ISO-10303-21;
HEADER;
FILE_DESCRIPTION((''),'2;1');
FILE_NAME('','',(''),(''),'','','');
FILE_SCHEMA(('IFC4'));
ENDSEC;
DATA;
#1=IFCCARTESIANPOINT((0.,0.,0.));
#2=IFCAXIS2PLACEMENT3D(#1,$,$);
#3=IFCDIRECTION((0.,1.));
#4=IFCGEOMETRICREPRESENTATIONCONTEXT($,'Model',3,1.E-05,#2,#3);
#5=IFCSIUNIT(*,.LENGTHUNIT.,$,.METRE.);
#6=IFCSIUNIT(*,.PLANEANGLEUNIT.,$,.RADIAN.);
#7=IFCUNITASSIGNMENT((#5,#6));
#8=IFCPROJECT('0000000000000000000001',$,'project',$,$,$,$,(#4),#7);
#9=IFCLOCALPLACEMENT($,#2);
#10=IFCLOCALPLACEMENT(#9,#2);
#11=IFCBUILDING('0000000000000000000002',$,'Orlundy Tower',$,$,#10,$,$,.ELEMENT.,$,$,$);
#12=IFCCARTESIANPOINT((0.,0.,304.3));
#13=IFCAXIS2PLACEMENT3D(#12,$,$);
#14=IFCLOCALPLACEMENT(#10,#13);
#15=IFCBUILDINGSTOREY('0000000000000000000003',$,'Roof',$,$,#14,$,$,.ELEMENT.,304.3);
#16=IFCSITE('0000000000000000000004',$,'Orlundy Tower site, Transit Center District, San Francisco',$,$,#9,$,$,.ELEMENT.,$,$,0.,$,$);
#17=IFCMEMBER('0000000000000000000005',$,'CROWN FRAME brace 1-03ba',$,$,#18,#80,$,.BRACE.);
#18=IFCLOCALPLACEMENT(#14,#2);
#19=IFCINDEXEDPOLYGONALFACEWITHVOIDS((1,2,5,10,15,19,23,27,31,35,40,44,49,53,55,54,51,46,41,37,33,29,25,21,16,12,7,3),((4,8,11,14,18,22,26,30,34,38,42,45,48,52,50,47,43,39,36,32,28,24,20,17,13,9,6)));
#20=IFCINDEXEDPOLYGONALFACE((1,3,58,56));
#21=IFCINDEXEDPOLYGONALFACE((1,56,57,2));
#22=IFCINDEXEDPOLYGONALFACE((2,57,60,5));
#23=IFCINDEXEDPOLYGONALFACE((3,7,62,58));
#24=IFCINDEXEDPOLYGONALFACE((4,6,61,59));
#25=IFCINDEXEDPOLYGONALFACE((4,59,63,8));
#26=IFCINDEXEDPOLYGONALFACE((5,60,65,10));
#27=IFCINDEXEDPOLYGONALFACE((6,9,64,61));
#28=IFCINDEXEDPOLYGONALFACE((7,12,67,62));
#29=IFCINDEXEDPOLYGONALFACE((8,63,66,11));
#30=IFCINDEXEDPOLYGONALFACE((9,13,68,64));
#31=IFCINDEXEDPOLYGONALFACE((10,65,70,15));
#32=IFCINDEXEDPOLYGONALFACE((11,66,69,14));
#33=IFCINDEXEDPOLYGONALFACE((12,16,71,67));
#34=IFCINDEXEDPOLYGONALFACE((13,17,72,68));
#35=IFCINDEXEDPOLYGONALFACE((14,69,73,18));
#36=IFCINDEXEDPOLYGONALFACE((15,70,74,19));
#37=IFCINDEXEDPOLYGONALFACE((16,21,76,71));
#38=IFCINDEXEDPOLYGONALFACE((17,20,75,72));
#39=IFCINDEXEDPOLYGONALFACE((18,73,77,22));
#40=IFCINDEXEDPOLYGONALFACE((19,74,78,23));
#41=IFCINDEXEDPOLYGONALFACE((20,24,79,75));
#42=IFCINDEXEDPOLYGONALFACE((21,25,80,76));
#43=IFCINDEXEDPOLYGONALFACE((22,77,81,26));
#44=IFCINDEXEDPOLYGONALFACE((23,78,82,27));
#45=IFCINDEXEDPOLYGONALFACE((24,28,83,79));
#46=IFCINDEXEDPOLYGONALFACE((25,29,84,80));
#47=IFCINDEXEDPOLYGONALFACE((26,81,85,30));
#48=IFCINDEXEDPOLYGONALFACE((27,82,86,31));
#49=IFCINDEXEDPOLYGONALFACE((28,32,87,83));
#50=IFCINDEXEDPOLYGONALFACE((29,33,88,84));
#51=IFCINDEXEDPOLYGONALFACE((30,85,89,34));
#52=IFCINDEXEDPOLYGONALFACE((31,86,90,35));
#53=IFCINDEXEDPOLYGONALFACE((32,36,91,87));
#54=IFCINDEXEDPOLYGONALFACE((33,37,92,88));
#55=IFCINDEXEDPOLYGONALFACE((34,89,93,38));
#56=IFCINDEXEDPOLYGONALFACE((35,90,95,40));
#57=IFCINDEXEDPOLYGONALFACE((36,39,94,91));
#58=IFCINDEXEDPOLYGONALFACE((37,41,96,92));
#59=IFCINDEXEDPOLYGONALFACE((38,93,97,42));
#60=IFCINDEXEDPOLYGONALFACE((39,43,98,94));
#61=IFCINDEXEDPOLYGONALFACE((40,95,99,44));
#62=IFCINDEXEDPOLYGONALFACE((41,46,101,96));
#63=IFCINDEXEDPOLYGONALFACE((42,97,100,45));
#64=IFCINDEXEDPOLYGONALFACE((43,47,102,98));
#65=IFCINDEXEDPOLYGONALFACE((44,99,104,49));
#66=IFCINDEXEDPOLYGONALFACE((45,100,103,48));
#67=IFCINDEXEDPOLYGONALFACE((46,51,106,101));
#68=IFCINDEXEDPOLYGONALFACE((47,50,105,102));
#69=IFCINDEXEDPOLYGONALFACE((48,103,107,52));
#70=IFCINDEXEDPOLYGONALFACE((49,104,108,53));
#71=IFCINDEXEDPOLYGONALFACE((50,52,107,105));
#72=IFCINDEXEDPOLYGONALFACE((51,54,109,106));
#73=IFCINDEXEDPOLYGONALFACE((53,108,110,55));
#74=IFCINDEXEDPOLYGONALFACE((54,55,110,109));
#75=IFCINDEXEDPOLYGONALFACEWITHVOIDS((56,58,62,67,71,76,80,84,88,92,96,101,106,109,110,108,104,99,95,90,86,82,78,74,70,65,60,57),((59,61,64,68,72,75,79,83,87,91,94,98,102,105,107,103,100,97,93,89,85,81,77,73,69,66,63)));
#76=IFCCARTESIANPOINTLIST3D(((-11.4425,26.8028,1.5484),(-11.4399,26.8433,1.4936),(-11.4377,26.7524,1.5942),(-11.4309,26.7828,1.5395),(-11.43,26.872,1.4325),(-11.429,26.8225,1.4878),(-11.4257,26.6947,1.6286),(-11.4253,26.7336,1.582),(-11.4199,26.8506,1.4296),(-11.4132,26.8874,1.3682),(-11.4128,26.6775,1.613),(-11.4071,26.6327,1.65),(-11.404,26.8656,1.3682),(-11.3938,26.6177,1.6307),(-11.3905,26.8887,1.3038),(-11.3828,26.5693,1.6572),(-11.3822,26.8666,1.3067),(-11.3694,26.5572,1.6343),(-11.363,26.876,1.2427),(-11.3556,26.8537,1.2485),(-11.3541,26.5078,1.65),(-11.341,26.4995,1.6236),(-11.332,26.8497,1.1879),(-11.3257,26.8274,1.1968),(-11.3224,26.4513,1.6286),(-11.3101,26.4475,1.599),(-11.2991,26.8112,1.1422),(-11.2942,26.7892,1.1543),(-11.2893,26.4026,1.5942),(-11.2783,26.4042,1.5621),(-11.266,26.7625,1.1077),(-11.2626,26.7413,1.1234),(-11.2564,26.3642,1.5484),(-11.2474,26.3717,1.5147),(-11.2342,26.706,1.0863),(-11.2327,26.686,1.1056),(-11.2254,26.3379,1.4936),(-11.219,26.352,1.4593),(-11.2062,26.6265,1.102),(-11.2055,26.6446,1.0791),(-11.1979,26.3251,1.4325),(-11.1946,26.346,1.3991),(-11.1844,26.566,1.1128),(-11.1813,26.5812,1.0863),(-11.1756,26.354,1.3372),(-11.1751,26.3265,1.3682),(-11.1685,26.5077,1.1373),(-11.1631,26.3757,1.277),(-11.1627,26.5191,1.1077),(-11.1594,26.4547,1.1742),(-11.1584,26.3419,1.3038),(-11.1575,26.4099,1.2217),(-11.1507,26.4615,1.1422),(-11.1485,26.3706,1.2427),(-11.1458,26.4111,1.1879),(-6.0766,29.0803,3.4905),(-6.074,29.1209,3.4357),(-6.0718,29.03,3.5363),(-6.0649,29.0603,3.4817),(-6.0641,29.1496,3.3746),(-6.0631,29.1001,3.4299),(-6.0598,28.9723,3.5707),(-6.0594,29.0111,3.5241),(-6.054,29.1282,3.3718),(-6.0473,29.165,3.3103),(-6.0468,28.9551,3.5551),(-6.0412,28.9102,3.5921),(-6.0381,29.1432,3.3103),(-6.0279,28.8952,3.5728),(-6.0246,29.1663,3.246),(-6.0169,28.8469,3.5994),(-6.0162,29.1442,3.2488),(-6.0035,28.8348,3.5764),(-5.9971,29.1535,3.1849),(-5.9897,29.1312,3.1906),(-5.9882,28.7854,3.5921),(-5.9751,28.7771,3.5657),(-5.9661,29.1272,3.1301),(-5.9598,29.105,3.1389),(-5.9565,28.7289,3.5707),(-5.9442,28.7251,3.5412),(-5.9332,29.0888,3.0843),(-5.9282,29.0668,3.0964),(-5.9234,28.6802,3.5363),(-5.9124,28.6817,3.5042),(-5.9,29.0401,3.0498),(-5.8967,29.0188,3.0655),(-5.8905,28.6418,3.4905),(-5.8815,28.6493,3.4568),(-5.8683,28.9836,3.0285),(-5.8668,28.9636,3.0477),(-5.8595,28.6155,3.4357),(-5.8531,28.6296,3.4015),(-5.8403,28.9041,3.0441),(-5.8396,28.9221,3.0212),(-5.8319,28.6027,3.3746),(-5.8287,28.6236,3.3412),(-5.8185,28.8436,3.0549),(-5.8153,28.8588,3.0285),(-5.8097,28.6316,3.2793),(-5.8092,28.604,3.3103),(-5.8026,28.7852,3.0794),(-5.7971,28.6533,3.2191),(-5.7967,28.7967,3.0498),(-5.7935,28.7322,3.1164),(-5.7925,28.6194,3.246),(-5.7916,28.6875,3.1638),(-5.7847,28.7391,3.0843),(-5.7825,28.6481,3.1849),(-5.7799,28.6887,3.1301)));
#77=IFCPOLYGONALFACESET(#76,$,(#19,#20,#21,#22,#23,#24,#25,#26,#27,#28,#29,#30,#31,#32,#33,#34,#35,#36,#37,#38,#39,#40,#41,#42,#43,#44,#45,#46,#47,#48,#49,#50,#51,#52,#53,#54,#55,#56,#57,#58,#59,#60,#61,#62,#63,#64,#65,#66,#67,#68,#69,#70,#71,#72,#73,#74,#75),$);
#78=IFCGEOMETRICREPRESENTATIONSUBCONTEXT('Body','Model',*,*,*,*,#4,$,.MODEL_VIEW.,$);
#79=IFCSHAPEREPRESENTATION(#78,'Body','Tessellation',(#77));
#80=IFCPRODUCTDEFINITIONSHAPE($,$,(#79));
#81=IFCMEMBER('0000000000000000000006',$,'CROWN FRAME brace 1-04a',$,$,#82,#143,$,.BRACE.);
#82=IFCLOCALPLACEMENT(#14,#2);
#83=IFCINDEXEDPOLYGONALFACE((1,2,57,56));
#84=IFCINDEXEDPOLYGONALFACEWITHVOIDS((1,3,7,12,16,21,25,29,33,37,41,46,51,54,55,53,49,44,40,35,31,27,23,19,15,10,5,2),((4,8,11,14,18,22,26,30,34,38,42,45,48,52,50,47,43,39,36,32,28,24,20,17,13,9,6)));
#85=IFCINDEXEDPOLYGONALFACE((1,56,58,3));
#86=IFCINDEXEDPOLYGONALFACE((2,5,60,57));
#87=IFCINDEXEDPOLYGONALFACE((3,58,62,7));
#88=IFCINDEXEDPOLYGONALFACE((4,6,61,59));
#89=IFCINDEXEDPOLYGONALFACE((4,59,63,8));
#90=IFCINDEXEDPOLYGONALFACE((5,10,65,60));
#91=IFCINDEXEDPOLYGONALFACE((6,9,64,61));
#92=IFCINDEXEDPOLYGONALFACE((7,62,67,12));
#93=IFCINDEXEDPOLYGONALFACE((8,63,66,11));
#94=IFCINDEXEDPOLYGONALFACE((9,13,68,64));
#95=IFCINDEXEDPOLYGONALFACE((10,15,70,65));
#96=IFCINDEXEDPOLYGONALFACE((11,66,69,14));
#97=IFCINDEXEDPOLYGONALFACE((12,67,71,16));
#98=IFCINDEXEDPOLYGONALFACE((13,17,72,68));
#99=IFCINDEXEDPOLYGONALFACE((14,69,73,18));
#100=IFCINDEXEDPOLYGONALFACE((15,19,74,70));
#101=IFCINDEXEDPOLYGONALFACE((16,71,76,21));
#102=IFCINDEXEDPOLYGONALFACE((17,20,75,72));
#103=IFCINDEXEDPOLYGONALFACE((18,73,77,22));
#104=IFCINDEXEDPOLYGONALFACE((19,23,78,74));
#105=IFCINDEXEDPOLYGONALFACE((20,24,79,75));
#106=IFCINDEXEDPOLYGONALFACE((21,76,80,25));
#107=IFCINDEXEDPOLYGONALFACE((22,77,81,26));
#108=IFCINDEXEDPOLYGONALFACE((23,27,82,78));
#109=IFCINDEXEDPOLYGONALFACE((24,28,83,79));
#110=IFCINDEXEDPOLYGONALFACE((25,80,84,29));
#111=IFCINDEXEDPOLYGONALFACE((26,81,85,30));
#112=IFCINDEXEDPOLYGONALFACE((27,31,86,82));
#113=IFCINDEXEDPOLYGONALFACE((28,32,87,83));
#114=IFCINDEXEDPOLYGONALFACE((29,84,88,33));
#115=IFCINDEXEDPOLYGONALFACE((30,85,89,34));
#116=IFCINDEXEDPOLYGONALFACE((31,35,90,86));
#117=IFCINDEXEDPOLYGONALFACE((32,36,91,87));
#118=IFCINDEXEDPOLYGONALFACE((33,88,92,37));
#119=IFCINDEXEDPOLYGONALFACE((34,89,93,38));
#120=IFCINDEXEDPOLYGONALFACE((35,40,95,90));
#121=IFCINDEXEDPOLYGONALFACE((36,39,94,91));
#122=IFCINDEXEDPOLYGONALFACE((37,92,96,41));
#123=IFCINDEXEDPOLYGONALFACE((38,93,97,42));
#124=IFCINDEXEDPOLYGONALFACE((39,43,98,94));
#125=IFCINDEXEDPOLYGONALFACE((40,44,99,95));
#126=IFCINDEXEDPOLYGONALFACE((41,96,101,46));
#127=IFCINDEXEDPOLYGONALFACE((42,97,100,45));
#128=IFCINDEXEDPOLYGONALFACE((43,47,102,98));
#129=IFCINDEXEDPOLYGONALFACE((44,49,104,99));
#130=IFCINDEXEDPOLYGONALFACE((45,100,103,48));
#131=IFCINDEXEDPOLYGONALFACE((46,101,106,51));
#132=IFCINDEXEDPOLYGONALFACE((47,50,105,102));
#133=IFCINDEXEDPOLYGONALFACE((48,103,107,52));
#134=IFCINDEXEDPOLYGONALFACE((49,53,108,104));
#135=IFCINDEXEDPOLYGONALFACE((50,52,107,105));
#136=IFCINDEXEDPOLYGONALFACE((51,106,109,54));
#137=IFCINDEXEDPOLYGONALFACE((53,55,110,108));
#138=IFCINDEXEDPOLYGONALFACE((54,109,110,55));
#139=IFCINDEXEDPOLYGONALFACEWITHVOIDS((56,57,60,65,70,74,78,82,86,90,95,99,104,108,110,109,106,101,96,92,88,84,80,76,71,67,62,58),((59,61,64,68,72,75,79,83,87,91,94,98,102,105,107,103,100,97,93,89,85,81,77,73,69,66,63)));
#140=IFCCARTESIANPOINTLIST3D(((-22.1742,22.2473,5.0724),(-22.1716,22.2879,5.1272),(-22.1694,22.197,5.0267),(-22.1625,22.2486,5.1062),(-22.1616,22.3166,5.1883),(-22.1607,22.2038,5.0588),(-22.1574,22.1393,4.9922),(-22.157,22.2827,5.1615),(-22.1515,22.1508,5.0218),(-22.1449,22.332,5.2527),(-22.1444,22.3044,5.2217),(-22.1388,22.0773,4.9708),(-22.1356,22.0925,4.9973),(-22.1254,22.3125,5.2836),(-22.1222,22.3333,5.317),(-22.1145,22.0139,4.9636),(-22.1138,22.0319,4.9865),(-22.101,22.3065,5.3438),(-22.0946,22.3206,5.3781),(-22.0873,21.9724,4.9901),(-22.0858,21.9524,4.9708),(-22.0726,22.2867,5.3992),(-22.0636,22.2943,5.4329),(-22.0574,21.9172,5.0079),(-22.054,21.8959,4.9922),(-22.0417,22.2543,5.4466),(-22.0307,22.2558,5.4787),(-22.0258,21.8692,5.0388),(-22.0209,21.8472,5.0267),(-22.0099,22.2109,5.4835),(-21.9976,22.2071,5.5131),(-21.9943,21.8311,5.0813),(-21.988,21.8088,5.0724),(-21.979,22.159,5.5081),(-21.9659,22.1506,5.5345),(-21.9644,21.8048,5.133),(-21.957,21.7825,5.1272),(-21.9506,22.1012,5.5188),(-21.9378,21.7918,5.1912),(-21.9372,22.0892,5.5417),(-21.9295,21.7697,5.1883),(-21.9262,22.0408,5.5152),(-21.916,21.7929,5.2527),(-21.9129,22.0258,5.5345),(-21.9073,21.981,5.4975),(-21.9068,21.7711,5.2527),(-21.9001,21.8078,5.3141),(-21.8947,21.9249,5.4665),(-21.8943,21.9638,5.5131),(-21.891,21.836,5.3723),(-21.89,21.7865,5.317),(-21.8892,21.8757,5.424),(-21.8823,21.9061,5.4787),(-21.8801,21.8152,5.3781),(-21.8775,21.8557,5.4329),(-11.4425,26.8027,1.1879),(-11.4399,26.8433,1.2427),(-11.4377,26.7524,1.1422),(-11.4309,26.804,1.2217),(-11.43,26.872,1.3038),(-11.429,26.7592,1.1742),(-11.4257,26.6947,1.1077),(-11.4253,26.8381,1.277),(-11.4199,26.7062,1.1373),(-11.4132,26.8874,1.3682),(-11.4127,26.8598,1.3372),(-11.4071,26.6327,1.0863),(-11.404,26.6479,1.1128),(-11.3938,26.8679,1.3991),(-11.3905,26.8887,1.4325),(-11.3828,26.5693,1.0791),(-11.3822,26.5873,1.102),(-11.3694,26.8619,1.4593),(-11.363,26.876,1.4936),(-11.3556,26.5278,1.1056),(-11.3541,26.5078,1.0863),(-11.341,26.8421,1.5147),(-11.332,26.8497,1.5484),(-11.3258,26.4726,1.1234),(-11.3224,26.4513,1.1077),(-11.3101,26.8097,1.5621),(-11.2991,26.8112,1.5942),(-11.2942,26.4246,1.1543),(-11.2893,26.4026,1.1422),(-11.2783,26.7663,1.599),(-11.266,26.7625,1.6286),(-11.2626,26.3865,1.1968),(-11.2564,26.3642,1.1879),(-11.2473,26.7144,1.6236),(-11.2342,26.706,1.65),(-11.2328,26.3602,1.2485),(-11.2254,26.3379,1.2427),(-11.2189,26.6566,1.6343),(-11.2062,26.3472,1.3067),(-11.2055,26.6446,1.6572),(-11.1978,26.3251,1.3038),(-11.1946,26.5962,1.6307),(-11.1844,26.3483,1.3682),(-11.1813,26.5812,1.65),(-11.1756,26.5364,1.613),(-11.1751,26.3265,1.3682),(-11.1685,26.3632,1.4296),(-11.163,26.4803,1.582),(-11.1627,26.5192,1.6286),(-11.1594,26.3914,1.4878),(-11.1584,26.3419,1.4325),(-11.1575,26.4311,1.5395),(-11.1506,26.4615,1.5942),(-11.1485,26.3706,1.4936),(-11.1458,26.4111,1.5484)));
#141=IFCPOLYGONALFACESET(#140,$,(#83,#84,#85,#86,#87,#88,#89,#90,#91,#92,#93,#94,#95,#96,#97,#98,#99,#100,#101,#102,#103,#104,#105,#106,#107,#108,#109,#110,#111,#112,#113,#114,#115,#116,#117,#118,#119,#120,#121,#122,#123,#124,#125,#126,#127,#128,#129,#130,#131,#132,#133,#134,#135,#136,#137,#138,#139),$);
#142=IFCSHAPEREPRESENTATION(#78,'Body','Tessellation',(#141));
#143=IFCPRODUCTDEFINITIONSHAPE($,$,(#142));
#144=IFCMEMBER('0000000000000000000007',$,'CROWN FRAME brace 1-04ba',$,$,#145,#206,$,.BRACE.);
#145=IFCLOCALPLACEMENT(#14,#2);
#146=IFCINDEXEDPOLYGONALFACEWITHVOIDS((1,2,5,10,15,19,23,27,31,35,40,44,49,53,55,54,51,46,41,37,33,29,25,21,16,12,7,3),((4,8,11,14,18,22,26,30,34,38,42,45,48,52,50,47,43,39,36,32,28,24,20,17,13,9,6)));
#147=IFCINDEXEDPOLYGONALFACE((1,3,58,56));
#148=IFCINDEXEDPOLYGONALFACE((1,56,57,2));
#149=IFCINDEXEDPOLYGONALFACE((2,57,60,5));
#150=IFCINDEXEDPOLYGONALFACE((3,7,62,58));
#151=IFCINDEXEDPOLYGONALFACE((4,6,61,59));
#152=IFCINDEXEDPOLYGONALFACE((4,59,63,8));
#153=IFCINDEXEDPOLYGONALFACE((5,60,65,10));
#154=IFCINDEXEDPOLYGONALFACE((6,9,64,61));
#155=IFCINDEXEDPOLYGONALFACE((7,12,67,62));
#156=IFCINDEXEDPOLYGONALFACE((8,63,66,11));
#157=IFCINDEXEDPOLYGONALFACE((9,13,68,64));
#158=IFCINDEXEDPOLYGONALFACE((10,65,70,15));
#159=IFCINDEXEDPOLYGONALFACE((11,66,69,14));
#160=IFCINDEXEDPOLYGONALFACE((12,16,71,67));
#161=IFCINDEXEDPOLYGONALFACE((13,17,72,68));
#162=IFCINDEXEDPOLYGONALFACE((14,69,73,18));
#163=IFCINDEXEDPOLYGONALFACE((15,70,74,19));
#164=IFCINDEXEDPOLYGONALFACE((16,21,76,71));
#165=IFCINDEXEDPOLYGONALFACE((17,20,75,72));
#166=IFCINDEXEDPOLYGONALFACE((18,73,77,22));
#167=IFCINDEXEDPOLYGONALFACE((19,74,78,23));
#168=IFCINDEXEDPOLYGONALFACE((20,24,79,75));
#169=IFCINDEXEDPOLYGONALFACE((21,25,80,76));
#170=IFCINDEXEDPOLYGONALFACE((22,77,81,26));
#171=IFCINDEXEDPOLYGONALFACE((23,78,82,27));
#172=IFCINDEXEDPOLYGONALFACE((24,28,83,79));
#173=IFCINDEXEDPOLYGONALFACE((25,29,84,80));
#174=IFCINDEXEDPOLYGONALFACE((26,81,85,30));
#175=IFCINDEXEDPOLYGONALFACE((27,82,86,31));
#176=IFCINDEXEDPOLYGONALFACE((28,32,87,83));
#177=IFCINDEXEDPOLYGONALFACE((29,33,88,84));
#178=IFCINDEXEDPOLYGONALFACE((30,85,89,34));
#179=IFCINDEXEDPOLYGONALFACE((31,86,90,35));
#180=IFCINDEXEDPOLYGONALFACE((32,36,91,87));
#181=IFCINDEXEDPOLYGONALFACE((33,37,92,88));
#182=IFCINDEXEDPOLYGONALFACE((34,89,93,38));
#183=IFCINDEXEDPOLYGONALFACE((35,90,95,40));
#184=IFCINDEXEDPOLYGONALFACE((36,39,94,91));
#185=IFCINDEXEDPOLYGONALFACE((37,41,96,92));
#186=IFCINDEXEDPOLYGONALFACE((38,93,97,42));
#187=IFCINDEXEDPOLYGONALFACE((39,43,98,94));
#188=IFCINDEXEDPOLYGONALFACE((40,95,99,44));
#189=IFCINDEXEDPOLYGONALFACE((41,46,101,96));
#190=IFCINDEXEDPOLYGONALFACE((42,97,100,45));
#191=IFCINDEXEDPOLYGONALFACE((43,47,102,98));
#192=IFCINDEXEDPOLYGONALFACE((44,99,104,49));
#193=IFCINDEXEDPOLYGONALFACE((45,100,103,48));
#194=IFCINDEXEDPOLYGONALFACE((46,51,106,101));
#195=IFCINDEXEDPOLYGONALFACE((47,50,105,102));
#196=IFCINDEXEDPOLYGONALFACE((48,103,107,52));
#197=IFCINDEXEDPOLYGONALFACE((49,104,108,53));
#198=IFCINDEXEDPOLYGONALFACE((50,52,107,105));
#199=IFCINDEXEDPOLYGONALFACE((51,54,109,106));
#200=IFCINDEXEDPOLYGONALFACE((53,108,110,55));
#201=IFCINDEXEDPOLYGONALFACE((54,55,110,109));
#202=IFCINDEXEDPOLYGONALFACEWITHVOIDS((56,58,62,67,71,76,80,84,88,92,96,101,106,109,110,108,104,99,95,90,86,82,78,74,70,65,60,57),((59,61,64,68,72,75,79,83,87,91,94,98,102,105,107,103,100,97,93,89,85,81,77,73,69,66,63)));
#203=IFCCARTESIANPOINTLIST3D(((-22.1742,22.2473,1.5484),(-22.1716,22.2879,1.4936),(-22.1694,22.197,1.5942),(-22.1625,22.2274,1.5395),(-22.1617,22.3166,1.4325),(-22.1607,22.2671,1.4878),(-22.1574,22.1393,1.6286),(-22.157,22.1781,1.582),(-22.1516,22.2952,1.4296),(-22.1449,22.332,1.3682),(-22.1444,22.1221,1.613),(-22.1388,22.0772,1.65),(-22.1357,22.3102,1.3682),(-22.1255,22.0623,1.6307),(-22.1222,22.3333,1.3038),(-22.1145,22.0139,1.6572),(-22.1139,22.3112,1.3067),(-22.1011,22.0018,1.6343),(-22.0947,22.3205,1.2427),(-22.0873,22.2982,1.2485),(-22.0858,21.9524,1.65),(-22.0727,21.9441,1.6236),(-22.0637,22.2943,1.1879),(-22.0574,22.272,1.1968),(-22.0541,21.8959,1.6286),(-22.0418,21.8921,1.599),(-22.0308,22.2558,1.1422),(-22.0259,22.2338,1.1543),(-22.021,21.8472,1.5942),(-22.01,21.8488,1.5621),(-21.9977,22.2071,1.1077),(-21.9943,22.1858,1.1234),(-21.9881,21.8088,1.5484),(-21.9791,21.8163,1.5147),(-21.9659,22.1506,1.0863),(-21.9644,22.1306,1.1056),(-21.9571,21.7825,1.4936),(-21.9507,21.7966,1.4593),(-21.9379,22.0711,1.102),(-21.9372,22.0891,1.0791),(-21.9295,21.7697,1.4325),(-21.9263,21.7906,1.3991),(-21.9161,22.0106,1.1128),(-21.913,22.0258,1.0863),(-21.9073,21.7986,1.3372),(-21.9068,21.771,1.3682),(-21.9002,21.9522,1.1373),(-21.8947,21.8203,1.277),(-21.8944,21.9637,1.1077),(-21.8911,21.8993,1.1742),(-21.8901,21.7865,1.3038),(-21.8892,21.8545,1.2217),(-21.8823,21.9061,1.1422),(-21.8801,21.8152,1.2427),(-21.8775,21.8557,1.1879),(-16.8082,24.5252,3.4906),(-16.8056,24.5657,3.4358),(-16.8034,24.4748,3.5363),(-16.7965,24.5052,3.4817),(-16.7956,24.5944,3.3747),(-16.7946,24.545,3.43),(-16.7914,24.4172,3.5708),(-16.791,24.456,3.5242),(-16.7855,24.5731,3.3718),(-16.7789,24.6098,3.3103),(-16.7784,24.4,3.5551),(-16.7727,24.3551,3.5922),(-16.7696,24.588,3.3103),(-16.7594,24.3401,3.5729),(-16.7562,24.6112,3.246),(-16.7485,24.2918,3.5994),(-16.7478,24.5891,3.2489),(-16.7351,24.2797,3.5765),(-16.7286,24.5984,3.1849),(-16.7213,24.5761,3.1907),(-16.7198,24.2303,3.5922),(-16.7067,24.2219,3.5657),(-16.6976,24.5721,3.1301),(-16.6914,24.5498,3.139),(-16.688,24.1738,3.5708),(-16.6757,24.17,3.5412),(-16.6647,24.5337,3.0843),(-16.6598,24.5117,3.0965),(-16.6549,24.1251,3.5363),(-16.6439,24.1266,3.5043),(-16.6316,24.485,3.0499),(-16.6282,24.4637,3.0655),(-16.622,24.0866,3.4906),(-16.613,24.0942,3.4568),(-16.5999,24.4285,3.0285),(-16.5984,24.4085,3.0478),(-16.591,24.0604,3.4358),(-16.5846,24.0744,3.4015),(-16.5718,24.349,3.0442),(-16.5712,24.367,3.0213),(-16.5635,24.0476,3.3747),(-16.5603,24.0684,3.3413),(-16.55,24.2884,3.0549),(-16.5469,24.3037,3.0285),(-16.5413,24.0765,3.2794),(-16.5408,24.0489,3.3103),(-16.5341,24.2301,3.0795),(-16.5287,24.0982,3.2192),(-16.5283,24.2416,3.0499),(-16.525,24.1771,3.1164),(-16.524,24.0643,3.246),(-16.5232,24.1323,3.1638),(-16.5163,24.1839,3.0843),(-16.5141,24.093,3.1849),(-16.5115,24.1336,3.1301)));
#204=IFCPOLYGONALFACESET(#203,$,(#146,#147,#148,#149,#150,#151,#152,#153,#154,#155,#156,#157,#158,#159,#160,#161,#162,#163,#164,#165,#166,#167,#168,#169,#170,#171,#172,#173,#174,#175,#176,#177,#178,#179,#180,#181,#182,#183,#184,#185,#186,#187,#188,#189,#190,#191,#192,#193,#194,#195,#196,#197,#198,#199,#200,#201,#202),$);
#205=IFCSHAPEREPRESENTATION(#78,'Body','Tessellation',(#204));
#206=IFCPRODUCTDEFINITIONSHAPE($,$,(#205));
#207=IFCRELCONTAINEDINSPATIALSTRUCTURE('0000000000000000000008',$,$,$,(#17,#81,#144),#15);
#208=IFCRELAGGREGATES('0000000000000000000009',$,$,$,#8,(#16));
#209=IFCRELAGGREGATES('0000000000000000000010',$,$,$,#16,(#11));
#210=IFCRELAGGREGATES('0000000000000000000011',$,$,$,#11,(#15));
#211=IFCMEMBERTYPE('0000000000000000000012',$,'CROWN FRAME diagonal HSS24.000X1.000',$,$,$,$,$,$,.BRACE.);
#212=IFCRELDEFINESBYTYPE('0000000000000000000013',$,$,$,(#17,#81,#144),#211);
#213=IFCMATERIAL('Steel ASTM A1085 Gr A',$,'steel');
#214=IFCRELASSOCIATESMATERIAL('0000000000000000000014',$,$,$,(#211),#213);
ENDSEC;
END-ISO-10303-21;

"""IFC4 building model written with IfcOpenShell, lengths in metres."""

from ifc_helpers import new_model, si_unit, direction, frame, origin, origin_2d, place, context, subcontext, project, spatial, hollow_circle, extrude, material, material_profile, profile_set, type_object, element, save


model = new_model("IFC4")

# Units and contexts
model_context = context("Model", 3, precision=1e-05, world=origin(), true_north=direction((0.0, 1.0)))
body_context = subcontext(model_context, "Body", "Model", "MODEL_VIEW")
ifc_project = project(units=[si_unit("LENGTHUNIT", "METRE"), si_unit("PLANEANGLEUNIT", "RADIAN")], contexts=[model_context])

# Site, building, storey
site_placement = place(None, origin())
site = spatial("IfcSite", under=ifc_project, at=site_placement, Name="Orlundy Tower site, Transit Center District, San Francisco", CompositionType="ELEMENT", RefElevation=0.0)
building_placement = place(site_placement, origin())
building = spatial("IfcBuilding", under=site, at=building_placement, Name="Orlundy Tower", CompositionType="ELEMENT")
storey_placement = place(building_placement, frame((0.0, 0.0, 304.3)))
storey = spatial("IfcBuildingStorey", under=building, at=storey_placement, Name="Roof", CompositionType="ELEMENT", Elevation=304.3)

# Members
ifc_material_1 = material(Name="Steel ASTM A1085 Gr A", Category="steel")
ifc_material_profile_1 = material_profile(ifc_material_1, hollow_circle(Radius=0.3047, WallThickness=0.0237, at=origin_2d()), Name="HSS24.000X1.000")
ifc_profile_set_1 = profile_set([ifc_material_profile_1], Name="Steel ASTM A1085 Gr A")
member_type_1 = type_object("IfcMemberType", Name="CROWN FRAME diagonal HSS24.000X1.000", PredefinedType="BRACE", material=ifc_profile_set_1)
member_1_placement = place(storey_placement, frame((-11.2942, 26.6069, 1.3682), z_axis=(0.873319, 0.370681, 0.316086), x_axis=(-0.390712, 0.920513, 0.0)))
element("IfcMember", 1, at=member_1_placement, inside=storey, type_object=member_type_1, Name="CROWN FRAME brace 1-03ba", PredefinedType="BRACE", context=body_context, shape_type="SweptSolid", body=[
    extrude(hollow_circle(Radius=0.3047, WallThickness=0.0237, at=origin_2d()), origin(), (0.0, 0.0, 1.0), 6.1443),
])
member_2_placement = place(storey_placement, frame((-11.2942, 26.6069, 1.3682), z_axis=(-0.873302, -0.370702, 0.316107), x_axis=(0.390738, -0.920502, 0.0)))
element("IfcMember", 2, at=member_2_placement, inside=storey, type_object=member_type_1, Name="CROWN FRAME brace 1-04a", PredefinedType="BRACE", context=body_context, shape_type="SweptSolid", body=[
    extrude(hollow_circle(Radius=0.3047, WallThickness=0.0237, at=origin_2d()), origin(), (0.0, 0.0, 1.0), 12.2886),
])
member_3_placement = place(storey_placement, frame((-22.0259, 22.0515, 1.3682), z_axis=(0.873306, 0.370715, 0.316081), x_axis=(-0.390748, 0.920498, 0.0)))
element("IfcMember", 3, at=member_3_placement, inside=storey, type_object=member_type_1, Name="CROWN FRAME brace 1-04ba", PredefinedType="BRACE", context=body_context, shape_type="SweptSolid", body=[
    extrude(hollow_circle(Radius=0.3047, WallThickness=0.0237, at=origin_2d()), origin(), (0.0, 0.0, 1.0), 6.1445),
])

save(model, "model.ifc")
